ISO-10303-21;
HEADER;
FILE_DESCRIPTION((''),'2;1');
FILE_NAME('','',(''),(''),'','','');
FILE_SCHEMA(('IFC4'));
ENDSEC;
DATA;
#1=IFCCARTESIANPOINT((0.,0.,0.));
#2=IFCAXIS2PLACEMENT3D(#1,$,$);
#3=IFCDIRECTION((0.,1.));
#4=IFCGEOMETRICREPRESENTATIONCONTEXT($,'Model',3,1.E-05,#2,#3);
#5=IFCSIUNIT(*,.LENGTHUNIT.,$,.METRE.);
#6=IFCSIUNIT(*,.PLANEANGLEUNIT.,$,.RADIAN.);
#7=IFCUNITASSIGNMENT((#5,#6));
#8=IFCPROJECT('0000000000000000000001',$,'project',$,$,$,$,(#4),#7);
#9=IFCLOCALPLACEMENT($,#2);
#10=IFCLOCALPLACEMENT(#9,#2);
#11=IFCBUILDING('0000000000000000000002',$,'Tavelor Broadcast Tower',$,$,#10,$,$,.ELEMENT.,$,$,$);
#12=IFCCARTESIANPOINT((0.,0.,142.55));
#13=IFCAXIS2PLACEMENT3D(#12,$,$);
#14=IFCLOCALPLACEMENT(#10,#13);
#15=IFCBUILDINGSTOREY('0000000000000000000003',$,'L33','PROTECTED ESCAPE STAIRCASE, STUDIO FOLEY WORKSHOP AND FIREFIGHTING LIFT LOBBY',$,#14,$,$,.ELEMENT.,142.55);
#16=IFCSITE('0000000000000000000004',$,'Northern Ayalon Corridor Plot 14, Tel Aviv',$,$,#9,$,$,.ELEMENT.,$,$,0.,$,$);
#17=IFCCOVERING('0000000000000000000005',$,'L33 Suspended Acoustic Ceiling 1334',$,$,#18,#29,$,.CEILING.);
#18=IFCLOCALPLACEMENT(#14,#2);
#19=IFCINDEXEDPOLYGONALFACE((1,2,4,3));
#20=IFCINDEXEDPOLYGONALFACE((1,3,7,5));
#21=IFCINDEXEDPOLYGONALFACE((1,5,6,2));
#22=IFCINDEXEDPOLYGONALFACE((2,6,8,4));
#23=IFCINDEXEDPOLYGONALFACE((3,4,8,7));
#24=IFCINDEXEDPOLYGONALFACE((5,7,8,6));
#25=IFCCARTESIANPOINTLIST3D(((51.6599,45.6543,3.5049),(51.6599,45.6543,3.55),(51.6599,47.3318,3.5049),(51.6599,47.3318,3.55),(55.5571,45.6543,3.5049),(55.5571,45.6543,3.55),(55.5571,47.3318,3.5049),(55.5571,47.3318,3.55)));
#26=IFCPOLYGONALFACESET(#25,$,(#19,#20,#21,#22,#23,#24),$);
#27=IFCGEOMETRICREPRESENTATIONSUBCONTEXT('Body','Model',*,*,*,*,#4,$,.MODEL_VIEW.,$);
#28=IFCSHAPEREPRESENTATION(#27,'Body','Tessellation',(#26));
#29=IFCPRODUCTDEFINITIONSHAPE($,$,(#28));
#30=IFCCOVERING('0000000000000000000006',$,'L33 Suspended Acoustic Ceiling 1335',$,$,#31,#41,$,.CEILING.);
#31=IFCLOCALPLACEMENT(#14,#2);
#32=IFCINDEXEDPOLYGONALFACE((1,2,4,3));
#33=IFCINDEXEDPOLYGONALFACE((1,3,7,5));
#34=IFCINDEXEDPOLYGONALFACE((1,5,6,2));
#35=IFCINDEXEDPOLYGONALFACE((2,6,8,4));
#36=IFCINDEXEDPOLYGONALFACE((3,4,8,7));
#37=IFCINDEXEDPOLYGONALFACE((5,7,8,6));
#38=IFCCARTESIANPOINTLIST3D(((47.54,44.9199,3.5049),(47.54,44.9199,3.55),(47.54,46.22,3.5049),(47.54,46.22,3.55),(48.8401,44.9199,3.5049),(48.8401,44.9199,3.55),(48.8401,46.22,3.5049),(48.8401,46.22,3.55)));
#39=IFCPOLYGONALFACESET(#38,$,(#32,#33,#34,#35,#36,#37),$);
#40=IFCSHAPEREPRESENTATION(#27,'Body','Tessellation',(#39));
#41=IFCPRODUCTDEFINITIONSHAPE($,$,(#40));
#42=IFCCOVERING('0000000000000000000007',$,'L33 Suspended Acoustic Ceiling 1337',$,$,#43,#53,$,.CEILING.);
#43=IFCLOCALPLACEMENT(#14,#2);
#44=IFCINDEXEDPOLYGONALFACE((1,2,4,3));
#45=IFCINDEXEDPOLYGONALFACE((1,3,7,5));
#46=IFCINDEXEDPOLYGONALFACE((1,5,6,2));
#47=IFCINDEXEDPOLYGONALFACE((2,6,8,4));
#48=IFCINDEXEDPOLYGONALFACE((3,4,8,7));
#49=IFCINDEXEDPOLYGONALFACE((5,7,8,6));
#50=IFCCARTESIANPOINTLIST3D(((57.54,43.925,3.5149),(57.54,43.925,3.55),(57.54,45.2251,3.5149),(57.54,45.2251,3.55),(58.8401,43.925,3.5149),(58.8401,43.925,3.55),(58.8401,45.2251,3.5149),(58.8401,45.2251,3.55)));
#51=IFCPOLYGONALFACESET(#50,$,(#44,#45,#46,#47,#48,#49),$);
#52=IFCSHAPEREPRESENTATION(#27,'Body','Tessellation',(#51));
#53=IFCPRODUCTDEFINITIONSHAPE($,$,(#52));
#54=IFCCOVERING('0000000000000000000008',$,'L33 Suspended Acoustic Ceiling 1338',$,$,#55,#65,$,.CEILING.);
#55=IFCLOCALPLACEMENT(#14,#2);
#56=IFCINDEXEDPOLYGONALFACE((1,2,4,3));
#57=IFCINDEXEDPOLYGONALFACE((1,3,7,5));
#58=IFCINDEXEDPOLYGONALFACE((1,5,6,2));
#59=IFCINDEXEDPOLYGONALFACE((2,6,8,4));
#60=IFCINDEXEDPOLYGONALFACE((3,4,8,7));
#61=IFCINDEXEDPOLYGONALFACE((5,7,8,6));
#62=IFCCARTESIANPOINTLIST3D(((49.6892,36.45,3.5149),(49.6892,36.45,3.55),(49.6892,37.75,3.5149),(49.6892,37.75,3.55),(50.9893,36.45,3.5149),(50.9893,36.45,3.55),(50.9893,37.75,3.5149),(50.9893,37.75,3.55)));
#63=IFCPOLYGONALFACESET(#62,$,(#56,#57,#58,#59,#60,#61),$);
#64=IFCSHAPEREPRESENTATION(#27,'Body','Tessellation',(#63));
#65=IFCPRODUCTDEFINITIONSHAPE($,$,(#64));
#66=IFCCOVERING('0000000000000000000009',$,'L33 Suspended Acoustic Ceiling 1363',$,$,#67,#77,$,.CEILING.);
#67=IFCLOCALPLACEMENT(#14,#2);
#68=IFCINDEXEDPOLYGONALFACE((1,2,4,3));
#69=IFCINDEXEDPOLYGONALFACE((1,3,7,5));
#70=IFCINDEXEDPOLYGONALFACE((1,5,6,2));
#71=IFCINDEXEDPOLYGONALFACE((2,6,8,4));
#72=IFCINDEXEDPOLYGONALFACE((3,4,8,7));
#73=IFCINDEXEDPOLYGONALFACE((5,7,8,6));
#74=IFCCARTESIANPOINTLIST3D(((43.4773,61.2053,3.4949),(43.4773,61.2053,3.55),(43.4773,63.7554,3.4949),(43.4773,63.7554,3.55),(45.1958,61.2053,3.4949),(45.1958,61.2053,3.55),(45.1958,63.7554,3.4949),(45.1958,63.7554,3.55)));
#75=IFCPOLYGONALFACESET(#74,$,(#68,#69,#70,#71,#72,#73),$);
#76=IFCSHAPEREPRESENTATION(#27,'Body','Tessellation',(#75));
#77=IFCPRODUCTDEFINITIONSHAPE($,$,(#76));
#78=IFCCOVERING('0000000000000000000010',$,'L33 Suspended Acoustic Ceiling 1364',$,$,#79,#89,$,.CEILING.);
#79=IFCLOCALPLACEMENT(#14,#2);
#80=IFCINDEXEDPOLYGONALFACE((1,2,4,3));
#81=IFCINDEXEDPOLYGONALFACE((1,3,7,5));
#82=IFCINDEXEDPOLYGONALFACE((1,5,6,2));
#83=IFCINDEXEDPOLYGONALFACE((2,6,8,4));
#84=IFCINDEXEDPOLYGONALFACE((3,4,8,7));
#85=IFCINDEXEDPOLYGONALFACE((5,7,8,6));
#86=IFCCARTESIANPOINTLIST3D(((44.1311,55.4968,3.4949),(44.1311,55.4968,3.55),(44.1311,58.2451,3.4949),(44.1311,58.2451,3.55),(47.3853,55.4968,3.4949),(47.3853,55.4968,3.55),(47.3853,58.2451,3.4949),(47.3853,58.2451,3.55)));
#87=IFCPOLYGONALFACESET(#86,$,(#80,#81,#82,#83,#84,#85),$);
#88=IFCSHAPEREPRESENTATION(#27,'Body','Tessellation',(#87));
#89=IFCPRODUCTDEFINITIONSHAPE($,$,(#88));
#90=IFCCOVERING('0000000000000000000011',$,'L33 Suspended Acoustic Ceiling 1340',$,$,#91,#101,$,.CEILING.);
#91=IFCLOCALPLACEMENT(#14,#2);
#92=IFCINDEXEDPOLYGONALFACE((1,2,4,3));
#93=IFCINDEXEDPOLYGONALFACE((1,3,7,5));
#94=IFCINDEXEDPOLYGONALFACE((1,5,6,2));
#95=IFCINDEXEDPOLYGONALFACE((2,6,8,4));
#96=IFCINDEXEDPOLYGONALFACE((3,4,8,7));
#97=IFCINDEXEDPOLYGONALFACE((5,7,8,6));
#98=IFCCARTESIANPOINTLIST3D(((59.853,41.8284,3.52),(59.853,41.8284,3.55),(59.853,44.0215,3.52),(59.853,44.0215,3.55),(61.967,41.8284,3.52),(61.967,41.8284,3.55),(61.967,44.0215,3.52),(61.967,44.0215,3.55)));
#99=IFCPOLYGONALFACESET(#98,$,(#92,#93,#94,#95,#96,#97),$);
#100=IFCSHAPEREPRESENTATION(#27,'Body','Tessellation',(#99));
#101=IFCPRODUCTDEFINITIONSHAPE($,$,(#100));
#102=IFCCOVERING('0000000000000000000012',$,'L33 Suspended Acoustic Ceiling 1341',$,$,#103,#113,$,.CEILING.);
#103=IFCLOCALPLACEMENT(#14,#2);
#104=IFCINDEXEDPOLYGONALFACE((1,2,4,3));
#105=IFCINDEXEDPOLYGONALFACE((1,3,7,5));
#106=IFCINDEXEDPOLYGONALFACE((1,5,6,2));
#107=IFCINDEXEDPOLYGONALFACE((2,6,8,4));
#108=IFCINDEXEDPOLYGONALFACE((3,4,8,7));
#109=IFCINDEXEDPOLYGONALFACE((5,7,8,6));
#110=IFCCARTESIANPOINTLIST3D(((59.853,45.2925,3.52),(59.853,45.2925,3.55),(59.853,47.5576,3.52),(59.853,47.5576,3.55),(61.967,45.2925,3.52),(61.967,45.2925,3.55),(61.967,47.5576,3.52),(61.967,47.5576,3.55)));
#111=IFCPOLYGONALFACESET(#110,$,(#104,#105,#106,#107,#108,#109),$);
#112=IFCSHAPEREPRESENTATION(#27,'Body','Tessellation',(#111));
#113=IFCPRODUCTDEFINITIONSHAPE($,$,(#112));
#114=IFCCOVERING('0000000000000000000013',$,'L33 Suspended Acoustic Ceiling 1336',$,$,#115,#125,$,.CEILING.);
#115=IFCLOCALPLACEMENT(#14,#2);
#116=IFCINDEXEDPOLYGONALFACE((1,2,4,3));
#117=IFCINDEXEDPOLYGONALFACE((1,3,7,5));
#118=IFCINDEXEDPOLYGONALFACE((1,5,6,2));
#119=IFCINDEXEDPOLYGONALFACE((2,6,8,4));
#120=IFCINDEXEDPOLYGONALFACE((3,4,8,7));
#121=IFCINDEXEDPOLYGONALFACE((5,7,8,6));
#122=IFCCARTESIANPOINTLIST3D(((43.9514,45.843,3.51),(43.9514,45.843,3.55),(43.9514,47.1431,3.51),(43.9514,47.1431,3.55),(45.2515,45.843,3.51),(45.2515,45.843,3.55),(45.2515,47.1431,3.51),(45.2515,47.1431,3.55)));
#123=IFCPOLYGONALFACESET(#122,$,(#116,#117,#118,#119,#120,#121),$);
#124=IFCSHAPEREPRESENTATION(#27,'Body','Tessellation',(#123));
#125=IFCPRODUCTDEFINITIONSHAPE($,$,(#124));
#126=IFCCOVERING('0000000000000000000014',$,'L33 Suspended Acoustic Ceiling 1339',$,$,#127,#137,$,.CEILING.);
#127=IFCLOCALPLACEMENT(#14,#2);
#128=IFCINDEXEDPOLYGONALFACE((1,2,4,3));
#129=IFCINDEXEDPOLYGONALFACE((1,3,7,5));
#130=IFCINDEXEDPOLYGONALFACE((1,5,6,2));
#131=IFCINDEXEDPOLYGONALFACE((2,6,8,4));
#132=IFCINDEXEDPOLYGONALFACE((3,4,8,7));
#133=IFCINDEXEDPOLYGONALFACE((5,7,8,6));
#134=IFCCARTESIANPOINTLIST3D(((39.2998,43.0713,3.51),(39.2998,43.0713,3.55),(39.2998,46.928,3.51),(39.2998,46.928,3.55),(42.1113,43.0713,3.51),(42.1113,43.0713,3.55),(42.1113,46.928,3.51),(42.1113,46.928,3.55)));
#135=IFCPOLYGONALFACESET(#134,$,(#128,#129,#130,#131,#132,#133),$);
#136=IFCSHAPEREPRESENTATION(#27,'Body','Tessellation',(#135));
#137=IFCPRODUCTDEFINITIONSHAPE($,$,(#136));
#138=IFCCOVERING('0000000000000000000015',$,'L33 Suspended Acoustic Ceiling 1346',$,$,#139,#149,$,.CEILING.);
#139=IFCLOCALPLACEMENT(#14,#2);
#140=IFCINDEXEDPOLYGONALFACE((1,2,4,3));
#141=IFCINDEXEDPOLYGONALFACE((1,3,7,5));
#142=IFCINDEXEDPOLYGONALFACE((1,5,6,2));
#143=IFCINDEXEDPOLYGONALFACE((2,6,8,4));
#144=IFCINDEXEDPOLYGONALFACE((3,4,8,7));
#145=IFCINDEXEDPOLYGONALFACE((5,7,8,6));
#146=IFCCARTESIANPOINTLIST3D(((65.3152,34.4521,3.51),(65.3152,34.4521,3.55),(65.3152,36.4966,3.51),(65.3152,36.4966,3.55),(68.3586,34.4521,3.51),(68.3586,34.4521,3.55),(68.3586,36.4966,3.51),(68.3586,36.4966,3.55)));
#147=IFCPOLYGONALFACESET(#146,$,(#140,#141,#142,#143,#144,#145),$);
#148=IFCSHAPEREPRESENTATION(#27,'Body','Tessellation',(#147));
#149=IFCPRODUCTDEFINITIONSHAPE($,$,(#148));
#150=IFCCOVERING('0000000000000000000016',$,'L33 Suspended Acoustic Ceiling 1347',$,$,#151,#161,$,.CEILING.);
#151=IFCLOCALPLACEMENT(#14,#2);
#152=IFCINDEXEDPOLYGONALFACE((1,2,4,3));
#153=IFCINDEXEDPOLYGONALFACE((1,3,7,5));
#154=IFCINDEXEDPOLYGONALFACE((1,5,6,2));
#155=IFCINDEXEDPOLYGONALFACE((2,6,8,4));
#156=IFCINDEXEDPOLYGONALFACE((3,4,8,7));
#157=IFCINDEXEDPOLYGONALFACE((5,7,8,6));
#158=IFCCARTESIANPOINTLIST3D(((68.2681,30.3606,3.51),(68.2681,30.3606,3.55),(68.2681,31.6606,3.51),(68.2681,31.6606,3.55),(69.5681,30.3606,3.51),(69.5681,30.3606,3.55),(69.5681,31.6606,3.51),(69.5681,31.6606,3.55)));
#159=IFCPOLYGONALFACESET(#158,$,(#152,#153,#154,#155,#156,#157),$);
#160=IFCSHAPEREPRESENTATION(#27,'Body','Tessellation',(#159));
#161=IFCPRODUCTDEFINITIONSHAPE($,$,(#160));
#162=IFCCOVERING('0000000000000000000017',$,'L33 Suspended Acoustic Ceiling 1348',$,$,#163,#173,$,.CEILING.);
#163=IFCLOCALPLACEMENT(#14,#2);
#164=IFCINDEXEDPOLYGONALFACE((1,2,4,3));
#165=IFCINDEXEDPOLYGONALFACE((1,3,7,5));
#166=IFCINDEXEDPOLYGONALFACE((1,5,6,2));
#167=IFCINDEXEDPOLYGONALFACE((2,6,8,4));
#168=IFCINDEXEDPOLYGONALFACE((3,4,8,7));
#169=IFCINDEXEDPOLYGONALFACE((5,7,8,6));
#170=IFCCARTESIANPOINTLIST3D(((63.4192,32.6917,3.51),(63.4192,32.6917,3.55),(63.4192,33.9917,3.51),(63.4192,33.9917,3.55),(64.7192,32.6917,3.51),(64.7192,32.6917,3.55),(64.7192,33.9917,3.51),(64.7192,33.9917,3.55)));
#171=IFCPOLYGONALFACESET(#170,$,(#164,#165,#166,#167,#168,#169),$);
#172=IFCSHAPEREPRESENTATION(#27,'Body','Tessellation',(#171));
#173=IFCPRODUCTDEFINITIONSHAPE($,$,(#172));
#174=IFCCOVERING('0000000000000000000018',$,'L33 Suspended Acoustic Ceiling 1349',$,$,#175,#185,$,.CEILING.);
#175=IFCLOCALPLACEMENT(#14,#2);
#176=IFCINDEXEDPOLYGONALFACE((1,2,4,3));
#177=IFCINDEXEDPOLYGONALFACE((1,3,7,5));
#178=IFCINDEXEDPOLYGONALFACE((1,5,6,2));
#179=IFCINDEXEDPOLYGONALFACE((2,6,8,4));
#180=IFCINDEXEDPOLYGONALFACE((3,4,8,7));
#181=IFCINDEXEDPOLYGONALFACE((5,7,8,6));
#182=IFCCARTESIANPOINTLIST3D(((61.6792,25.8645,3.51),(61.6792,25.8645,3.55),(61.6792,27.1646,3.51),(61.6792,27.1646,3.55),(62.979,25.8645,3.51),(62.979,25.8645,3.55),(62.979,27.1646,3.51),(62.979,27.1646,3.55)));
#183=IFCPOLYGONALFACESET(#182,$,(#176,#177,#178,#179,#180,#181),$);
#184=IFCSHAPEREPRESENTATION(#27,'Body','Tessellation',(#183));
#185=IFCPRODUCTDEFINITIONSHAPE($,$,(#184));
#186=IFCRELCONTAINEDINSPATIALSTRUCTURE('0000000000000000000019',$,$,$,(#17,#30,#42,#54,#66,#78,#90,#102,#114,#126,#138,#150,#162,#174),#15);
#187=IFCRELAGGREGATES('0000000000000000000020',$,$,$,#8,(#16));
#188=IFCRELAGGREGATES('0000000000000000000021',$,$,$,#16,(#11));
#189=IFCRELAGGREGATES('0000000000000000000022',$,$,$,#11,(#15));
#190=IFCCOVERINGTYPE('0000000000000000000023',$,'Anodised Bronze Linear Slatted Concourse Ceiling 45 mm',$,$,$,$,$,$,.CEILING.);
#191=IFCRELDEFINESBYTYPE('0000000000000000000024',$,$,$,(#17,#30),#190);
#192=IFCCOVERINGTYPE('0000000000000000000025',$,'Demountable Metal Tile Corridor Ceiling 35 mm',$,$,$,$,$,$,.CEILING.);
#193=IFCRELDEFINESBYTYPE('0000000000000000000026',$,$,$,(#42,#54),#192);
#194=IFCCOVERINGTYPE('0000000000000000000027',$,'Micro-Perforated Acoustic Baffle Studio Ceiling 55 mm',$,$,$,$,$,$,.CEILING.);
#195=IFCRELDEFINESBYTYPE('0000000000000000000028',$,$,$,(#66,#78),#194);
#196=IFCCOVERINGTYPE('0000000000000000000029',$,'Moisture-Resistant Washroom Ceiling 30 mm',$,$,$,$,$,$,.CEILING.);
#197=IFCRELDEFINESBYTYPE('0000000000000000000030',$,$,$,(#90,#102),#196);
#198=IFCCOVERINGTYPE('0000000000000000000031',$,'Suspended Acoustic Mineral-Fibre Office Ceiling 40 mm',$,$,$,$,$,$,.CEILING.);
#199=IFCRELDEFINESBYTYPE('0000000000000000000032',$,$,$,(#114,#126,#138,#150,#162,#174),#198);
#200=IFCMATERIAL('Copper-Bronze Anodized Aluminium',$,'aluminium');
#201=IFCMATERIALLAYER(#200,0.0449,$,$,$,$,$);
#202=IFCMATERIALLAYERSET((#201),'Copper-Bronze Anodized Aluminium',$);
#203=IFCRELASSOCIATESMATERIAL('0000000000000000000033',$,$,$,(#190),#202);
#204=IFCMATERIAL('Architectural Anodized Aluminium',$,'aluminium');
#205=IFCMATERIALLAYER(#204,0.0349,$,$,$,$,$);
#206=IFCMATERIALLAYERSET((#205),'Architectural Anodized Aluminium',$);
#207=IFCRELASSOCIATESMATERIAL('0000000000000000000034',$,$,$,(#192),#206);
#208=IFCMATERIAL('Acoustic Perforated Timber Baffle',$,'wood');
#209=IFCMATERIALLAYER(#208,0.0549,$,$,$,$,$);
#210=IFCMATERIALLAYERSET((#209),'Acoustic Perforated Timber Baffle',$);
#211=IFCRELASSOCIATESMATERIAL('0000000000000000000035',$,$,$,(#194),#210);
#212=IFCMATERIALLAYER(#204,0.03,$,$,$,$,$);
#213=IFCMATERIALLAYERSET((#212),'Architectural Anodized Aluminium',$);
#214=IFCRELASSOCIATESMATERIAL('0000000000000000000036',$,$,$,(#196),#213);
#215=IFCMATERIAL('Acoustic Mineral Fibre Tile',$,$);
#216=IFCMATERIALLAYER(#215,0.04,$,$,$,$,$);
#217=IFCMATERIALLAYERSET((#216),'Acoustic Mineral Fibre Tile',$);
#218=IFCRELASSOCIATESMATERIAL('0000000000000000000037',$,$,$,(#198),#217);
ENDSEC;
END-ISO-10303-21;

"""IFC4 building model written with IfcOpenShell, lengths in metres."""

from ifc_helpers import new_model, si_unit, direction, frame, origin, place, context, subcontext, project, spatial, polyline, outline, extrude, material, layer, layer_set, type_object, element, save


model = new_model("IFC4")

# Units and contexts
model_context = context("Model", 3, precision=1e-05, world=origin(), true_north=direction((0.0, 1.0)))
body_context = subcontext(model_context, "Body", "Model", "MODEL_VIEW")
ifc_project = project(units=[si_unit("LENGTHUNIT", "METRE"), si_unit("PLANEANGLEUNIT", "RADIAN")], contexts=[model_context])

# Site, building, storey
site_placement = place(None, origin())
site = spatial("IfcSite", under=ifc_project, at=site_placement, Name="Northern Ayalon Corridor Plot 14, Tel Aviv", CompositionType="ELEMENT", RefElevation=0.0)
building_placement = place(site_placement, origin())
building = spatial("IfcBuilding", under=site, at=building_placement, Name="Tavelor Broadcast Tower", CompositionType="ELEMENT")
storey_placement = place(building_placement, frame((0.0, 0.0, 142.55)))
storey = spatial("IfcBuildingStorey", under=building, at=storey_placement, Name="L33", Description="PROTECTED ESCAPE STAIRCASE, STUDIO FOLEY WORKSHOP AND FIREFIGHTING LIFT LOBBY", CompositionType="ELEMENT", Elevation=142.55)

# Coverings
ifc_material_1 = material(Name="Copper-Bronze Anodized Aluminium", Category="aluminium")
ifc_layer_1 = layer(ifc_material_1, 0.0449)
ifc_layer_set_1 = layer_set([ifc_layer_1], Name="Copper-Bronze Anodized Aluminium")
covering_type_1 = type_object("IfcCoveringType", Name="Anodised Bronze Linear Slatted Concourse Ceiling 45 mm", PredefinedType="CEILING", material=ifc_layer_set_1)
covering_1_placement = place(storey_placement, frame((0.0, 0.0, 3.5049)))
element("IfcCovering", 1, at=covering_1_placement, inside=storey, type_object=covering_type_1, Name="L33 Suspended Acoustic Ceiling 1334", PredefinedType="CEILING", context=body_context, shape_type="SweptSolid", body=[
    extrude(outline(polyline([(51.6599, 45.6543), (55.5571, 45.6543), (55.5571, 47.3318), (51.6599, 47.3318), (51.6599, 45.6543)])), origin(), (0.0, 0.0, 1.0), 0.0452),
])
covering_2_placement = place(storey_placement, frame((0.0, 0.0, 3.5049)))
element("IfcCovering", 2, at=covering_2_placement, inside=storey, type_object=covering_type_1, Name="L33 Suspended Acoustic Ceiling 1335", PredefinedType="CEILING", context=body_context, shape_type="SweptSolid", body=[
    extrude(outline(polyline([(47.54, 44.9199), (48.8401, 44.9199), (48.8401, 46.22), (47.54, 46.22), (47.54, 44.9199)])), origin(), (0.0, 0.0, 1.0), 0.0452),
])
ifc_material_2 = material(Name="Architectural Anodized Aluminium", Category="aluminium")
ifc_layer_2 = layer(ifc_material_2, 0.0349)
ifc_layer_set_2 = layer_set([ifc_layer_2], Name="Architectural Anodized Aluminium")
covering_type_2 = type_object("IfcCoveringType", Name="Demountable Metal Tile Corridor Ceiling 35 mm", PredefinedType="CEILING", material=ifc_layer_set_2)
covering_3_placement = place(storey_placement, frame((0.0, 0.0, 3.5149)))
element("IfcCovering", 3, at=covering_3_placement, inside=storey, type_object=covering_type_2, Name="L33 Suspended Acoustic Ceiling 1337", PredefinedType="CEILING", context=body_context, shape_type="SweptSolid", body=[
    extrude(outline(polyline([(57.54, 43.925), (58.8401, 43.925), (58.8401, 45.2251), (57.54, 45.2251), (57.54, 43.925)])), origin(), (0.0, 0.0, 1.0), 0.0352),
])
covering_4_placement = place(storey_placement, frame((0.0, 0.0, 3.5149)))
element("IfcCovering", 4, at=covering_4_placement, inside=storey, type_object=covering_type_2, Name="L33 Suspended Acoustic Ceiling 1338", PredefinedType="CEILING", context=body_context, shape_type="SweptSolid", body=[
    extrude(outline(polyline([(49.6892, 36.45), (50.9893, 36.45), (50.9893, 37.75), (49.6892, 37.75), (49.6892, 36.45)])), origin(), (0.0, 0.0, 1.0), 0.0352),
])
ifc_material_3 = material(Name="Acoustic Perforated Timber Baffle", Category="wood")
ifc_layer_3 = layer(ifc_material_3, 0.0549)
ifc_layer_set_3 = layer_set([ifc_layer_3], Name="Acoustic Perforated Timber Baffle")
covering_type_3 = type_object("IfcCoveringType", Name="Micro-Perforated Acoustic Baffle Studio Ceiling 55 mm", PredefinedType="CEILING", material=ifc_layer_set_3)
covering_5_placement = place(storey_placement, frame((0.0, 0.0, 3.4949)))
element("IfcCovering", 5, at=covering_5_placement, inside=storey, type_object=covering_type_3, Name="L33 Suspended Acoustic Ceiling 1363", PredefinedType="CEILING", context=body_context, shape_type="SweptSolid", body=[
    extrude(outline(polyline([(43.4773, 61.2053), (45.1958, 61.2053), (45.1958, 63.7554), (43.4773, 63.7554), (43.4773, 61.2053)])), origin(), (0.0, 0.0, 1.0), 0.0552),
])
covering_6_placement = place(storey_placement, frame((0.0, 0.0, 3.4949)))
element("IfcCovering", 6, at=covering_6_placement, inside=storey, type_object=covering_type_3, Name="L33 Suspended Acoustic Ceiling 1364", PredefinedType="CEILING", context=body_context, shape_type="SweptSolid", body=[
    extrude(outline(polyline([(44.1311, 55.4968), (47.3853, 55.4968), (47.3853, 58.2451), (44.1311, 58.2451), (44.1311, 55.4968)])), origin(), (0.0, 0.0, 1.0), 0.0552),
])
ifc_layer_4 = layer(ifc_material_2, 0.03)
ifc_layer_set_4 = layer_set([ifc_layer_4], Name="Architectural Anodized Aluminium")
covering_type_4 = type_object("IfcCoveringType", Name="Moisture-Resistant Washroom Ceiling 30 mm", PredefinedType="CEILING", material=ifc_layer_set_4)
covering_7_placement = place(storey_placement, frame((0.0, 0.0, 3.52)))
element("IfcCovering", 7, at=covering_7_placement, inside=storey, type_object=covering_type_4, Name="L33 Suspended Acoustic Ceiling 1340", PredefinedType="CEILING", context=body_context, shape_type="SweptSolid", body=[
    extrude(outline(polyline([(59.853, 41.8284), (61.967, 41.8284), (61.967, 44.0215), (59.853, 44.0215), (59.853, 41.8284)])), origin(), (0.0, 0.0, 1.0), 0.03),
])
covering_8_placement = place(storey_placement, frame((0.0, 0.0, 3.52)))
element("IfcCovering", 8, at=covering_8_placement, inside=storey, type_object=covering_type_4, Name="L33 Suspended Acoustic Ceiling 1341", PredefinedType="CEILING", context=body_context, shape_type="SweptSolid", body=[
    extrude(outline(polyline([(59.853, 45.2925), (61.967, 45.2925), (61.967, 47.5576), (59.853, 47.5576), (59.853, 45.2925)])), origin(), (0.0, 0.0, 1.0), 0.03),
])
ifc_material_4 = material(Name="Acoustic Mineral Fibre Tile")
ifc_layer_5 = layer(ifc_material_4, 0.04)
ifc_layer_set_5 = layer_set([ifc_layer_5], Name="Acoustic Mineral Fibre Tile")
covering_type_5 = type_object("IfcCoveringType", Name="Suspended Acoustic Mineral-Fibre Office Ceiling 40 mm", PredefinedType="CEILING", material=ifc_layer_set_5)
covering_9_placement = place(storey_placement, frame((0.0, 0.0, 3.51)))
element("IfcCovering", 9, at=covering_9_placement, inside=storey, type_object=covering_type_5, Name="L33 Suspended Acoustic Ceiling 1336", PredefinedType="CEILING", context=body_context, shape_type="SweptSolid", body=[
    extrude(outline(polyline([(43.9514, 45.843), (45.2515, 45.843), (45.2515, 47.1431), (43.9514, 47.1431), (43.9514, 45.843)])), origin(), (0.0, 0.0, 1.0), 0.04),
])
covering_10_placement = place(storey_placement, frame((0.0, 0.0, 3.51)))
element("IfcCovering", 10, at=covering_10_placement, inside=storey, type_object=covering_type_5, Name="L33 Suspended Acoustic Ceiling 1339", PredefinedType="CEILING", context=body_context, shape_type="SweptSolid", body=[
    extrude(outline(polyline([(39.2998, 43.0713), (42.1113, 43.0713), (42.1113, 46.928), (39.2998, 46.928), (39.2998, 43.0713)])), origin(), (0.0, 0.0, 1.0), 0.04),
])
covering_11_placement = place(storey_placement, frame((0.0, 0.0, 3.51)))
element("IfcCovering", 11, at=covering_11_placement, inside=storey, type_object=covering_type_5, Name="L33 Suspended Acoustic Ceiling 1346", PredefinedType="CEILING", context=body_context, shape_type="SweptSolid", body=[
    extrude(outline(polyline([(65.3152, 34.4521), (68.3586, 34.4521), (68.3586, 36.4966), (65.3152, 36.4966), (65.3152, 34.4521)])), origin(), (0.0, 0.0, 1.0), 0.04),
])
covering_12_placement = place(storey_placement, frame((0.0, 0.0, 3.51)))
element("IfcCovering", 12, at=covering_12_placement, inside=storey, type_object=covering_type_5, Name="L33 Suspended Acoustic Ceiling 1347", PredefinedType="CEILING", context=body_context, shape_type="SweptSolid", body=[
    extrude(outline(polyline([(68.2681, 30.3606), (69.5681, 30.3606), (69.5681, 31.6606), (68.2681, 31.6606), (68.2681, 30.3606)])), origin(), (0.0, 0.0, 1.0), 0.04),
])
covering_13_placement = place(storey_placement, frame((0.0, 0.0, 3.51)))
element("IfcCovering", 13, at=covering_13_placement, inside=storey, type_object=covering_type_5, Name="L33 Suspended Acoustic Ceiling 1348", PredefinedType="CEILING", context=body_context, shape_type="SweptSolid", body=[
    extrude(outline(polyline([(63.4192, 32.6917), (64.7192, 32.6917), (64.7192, 33.9917), (63.4192, 33.9917), (63.4192, 32.6917)])), origin(), (0.0, 0.0, 1.0), 0.04),
])
covering_14_placement = place(storey_placement, frame((0.0, 0.0, 3.51)))
element("IfcCovering", 14, at=covering_14_placement, inside=storey, type_object=covering_type_5, Name="L33 Suspended Acoustic Ceiling 1349", PredefinedType="CEILING", context=body_context, shape_type="SweptSolid", body=[
    extrude(outline(polyline([(61.6792, 25.8645), (62.979, 25.8645), (62.979, 27.1646), (61.6792, 27.1646), (61.6792, 25.8645)])), origin(), (0.0, 0.0, 1.0), 0.04),
])

save(model, "model.ifc")
